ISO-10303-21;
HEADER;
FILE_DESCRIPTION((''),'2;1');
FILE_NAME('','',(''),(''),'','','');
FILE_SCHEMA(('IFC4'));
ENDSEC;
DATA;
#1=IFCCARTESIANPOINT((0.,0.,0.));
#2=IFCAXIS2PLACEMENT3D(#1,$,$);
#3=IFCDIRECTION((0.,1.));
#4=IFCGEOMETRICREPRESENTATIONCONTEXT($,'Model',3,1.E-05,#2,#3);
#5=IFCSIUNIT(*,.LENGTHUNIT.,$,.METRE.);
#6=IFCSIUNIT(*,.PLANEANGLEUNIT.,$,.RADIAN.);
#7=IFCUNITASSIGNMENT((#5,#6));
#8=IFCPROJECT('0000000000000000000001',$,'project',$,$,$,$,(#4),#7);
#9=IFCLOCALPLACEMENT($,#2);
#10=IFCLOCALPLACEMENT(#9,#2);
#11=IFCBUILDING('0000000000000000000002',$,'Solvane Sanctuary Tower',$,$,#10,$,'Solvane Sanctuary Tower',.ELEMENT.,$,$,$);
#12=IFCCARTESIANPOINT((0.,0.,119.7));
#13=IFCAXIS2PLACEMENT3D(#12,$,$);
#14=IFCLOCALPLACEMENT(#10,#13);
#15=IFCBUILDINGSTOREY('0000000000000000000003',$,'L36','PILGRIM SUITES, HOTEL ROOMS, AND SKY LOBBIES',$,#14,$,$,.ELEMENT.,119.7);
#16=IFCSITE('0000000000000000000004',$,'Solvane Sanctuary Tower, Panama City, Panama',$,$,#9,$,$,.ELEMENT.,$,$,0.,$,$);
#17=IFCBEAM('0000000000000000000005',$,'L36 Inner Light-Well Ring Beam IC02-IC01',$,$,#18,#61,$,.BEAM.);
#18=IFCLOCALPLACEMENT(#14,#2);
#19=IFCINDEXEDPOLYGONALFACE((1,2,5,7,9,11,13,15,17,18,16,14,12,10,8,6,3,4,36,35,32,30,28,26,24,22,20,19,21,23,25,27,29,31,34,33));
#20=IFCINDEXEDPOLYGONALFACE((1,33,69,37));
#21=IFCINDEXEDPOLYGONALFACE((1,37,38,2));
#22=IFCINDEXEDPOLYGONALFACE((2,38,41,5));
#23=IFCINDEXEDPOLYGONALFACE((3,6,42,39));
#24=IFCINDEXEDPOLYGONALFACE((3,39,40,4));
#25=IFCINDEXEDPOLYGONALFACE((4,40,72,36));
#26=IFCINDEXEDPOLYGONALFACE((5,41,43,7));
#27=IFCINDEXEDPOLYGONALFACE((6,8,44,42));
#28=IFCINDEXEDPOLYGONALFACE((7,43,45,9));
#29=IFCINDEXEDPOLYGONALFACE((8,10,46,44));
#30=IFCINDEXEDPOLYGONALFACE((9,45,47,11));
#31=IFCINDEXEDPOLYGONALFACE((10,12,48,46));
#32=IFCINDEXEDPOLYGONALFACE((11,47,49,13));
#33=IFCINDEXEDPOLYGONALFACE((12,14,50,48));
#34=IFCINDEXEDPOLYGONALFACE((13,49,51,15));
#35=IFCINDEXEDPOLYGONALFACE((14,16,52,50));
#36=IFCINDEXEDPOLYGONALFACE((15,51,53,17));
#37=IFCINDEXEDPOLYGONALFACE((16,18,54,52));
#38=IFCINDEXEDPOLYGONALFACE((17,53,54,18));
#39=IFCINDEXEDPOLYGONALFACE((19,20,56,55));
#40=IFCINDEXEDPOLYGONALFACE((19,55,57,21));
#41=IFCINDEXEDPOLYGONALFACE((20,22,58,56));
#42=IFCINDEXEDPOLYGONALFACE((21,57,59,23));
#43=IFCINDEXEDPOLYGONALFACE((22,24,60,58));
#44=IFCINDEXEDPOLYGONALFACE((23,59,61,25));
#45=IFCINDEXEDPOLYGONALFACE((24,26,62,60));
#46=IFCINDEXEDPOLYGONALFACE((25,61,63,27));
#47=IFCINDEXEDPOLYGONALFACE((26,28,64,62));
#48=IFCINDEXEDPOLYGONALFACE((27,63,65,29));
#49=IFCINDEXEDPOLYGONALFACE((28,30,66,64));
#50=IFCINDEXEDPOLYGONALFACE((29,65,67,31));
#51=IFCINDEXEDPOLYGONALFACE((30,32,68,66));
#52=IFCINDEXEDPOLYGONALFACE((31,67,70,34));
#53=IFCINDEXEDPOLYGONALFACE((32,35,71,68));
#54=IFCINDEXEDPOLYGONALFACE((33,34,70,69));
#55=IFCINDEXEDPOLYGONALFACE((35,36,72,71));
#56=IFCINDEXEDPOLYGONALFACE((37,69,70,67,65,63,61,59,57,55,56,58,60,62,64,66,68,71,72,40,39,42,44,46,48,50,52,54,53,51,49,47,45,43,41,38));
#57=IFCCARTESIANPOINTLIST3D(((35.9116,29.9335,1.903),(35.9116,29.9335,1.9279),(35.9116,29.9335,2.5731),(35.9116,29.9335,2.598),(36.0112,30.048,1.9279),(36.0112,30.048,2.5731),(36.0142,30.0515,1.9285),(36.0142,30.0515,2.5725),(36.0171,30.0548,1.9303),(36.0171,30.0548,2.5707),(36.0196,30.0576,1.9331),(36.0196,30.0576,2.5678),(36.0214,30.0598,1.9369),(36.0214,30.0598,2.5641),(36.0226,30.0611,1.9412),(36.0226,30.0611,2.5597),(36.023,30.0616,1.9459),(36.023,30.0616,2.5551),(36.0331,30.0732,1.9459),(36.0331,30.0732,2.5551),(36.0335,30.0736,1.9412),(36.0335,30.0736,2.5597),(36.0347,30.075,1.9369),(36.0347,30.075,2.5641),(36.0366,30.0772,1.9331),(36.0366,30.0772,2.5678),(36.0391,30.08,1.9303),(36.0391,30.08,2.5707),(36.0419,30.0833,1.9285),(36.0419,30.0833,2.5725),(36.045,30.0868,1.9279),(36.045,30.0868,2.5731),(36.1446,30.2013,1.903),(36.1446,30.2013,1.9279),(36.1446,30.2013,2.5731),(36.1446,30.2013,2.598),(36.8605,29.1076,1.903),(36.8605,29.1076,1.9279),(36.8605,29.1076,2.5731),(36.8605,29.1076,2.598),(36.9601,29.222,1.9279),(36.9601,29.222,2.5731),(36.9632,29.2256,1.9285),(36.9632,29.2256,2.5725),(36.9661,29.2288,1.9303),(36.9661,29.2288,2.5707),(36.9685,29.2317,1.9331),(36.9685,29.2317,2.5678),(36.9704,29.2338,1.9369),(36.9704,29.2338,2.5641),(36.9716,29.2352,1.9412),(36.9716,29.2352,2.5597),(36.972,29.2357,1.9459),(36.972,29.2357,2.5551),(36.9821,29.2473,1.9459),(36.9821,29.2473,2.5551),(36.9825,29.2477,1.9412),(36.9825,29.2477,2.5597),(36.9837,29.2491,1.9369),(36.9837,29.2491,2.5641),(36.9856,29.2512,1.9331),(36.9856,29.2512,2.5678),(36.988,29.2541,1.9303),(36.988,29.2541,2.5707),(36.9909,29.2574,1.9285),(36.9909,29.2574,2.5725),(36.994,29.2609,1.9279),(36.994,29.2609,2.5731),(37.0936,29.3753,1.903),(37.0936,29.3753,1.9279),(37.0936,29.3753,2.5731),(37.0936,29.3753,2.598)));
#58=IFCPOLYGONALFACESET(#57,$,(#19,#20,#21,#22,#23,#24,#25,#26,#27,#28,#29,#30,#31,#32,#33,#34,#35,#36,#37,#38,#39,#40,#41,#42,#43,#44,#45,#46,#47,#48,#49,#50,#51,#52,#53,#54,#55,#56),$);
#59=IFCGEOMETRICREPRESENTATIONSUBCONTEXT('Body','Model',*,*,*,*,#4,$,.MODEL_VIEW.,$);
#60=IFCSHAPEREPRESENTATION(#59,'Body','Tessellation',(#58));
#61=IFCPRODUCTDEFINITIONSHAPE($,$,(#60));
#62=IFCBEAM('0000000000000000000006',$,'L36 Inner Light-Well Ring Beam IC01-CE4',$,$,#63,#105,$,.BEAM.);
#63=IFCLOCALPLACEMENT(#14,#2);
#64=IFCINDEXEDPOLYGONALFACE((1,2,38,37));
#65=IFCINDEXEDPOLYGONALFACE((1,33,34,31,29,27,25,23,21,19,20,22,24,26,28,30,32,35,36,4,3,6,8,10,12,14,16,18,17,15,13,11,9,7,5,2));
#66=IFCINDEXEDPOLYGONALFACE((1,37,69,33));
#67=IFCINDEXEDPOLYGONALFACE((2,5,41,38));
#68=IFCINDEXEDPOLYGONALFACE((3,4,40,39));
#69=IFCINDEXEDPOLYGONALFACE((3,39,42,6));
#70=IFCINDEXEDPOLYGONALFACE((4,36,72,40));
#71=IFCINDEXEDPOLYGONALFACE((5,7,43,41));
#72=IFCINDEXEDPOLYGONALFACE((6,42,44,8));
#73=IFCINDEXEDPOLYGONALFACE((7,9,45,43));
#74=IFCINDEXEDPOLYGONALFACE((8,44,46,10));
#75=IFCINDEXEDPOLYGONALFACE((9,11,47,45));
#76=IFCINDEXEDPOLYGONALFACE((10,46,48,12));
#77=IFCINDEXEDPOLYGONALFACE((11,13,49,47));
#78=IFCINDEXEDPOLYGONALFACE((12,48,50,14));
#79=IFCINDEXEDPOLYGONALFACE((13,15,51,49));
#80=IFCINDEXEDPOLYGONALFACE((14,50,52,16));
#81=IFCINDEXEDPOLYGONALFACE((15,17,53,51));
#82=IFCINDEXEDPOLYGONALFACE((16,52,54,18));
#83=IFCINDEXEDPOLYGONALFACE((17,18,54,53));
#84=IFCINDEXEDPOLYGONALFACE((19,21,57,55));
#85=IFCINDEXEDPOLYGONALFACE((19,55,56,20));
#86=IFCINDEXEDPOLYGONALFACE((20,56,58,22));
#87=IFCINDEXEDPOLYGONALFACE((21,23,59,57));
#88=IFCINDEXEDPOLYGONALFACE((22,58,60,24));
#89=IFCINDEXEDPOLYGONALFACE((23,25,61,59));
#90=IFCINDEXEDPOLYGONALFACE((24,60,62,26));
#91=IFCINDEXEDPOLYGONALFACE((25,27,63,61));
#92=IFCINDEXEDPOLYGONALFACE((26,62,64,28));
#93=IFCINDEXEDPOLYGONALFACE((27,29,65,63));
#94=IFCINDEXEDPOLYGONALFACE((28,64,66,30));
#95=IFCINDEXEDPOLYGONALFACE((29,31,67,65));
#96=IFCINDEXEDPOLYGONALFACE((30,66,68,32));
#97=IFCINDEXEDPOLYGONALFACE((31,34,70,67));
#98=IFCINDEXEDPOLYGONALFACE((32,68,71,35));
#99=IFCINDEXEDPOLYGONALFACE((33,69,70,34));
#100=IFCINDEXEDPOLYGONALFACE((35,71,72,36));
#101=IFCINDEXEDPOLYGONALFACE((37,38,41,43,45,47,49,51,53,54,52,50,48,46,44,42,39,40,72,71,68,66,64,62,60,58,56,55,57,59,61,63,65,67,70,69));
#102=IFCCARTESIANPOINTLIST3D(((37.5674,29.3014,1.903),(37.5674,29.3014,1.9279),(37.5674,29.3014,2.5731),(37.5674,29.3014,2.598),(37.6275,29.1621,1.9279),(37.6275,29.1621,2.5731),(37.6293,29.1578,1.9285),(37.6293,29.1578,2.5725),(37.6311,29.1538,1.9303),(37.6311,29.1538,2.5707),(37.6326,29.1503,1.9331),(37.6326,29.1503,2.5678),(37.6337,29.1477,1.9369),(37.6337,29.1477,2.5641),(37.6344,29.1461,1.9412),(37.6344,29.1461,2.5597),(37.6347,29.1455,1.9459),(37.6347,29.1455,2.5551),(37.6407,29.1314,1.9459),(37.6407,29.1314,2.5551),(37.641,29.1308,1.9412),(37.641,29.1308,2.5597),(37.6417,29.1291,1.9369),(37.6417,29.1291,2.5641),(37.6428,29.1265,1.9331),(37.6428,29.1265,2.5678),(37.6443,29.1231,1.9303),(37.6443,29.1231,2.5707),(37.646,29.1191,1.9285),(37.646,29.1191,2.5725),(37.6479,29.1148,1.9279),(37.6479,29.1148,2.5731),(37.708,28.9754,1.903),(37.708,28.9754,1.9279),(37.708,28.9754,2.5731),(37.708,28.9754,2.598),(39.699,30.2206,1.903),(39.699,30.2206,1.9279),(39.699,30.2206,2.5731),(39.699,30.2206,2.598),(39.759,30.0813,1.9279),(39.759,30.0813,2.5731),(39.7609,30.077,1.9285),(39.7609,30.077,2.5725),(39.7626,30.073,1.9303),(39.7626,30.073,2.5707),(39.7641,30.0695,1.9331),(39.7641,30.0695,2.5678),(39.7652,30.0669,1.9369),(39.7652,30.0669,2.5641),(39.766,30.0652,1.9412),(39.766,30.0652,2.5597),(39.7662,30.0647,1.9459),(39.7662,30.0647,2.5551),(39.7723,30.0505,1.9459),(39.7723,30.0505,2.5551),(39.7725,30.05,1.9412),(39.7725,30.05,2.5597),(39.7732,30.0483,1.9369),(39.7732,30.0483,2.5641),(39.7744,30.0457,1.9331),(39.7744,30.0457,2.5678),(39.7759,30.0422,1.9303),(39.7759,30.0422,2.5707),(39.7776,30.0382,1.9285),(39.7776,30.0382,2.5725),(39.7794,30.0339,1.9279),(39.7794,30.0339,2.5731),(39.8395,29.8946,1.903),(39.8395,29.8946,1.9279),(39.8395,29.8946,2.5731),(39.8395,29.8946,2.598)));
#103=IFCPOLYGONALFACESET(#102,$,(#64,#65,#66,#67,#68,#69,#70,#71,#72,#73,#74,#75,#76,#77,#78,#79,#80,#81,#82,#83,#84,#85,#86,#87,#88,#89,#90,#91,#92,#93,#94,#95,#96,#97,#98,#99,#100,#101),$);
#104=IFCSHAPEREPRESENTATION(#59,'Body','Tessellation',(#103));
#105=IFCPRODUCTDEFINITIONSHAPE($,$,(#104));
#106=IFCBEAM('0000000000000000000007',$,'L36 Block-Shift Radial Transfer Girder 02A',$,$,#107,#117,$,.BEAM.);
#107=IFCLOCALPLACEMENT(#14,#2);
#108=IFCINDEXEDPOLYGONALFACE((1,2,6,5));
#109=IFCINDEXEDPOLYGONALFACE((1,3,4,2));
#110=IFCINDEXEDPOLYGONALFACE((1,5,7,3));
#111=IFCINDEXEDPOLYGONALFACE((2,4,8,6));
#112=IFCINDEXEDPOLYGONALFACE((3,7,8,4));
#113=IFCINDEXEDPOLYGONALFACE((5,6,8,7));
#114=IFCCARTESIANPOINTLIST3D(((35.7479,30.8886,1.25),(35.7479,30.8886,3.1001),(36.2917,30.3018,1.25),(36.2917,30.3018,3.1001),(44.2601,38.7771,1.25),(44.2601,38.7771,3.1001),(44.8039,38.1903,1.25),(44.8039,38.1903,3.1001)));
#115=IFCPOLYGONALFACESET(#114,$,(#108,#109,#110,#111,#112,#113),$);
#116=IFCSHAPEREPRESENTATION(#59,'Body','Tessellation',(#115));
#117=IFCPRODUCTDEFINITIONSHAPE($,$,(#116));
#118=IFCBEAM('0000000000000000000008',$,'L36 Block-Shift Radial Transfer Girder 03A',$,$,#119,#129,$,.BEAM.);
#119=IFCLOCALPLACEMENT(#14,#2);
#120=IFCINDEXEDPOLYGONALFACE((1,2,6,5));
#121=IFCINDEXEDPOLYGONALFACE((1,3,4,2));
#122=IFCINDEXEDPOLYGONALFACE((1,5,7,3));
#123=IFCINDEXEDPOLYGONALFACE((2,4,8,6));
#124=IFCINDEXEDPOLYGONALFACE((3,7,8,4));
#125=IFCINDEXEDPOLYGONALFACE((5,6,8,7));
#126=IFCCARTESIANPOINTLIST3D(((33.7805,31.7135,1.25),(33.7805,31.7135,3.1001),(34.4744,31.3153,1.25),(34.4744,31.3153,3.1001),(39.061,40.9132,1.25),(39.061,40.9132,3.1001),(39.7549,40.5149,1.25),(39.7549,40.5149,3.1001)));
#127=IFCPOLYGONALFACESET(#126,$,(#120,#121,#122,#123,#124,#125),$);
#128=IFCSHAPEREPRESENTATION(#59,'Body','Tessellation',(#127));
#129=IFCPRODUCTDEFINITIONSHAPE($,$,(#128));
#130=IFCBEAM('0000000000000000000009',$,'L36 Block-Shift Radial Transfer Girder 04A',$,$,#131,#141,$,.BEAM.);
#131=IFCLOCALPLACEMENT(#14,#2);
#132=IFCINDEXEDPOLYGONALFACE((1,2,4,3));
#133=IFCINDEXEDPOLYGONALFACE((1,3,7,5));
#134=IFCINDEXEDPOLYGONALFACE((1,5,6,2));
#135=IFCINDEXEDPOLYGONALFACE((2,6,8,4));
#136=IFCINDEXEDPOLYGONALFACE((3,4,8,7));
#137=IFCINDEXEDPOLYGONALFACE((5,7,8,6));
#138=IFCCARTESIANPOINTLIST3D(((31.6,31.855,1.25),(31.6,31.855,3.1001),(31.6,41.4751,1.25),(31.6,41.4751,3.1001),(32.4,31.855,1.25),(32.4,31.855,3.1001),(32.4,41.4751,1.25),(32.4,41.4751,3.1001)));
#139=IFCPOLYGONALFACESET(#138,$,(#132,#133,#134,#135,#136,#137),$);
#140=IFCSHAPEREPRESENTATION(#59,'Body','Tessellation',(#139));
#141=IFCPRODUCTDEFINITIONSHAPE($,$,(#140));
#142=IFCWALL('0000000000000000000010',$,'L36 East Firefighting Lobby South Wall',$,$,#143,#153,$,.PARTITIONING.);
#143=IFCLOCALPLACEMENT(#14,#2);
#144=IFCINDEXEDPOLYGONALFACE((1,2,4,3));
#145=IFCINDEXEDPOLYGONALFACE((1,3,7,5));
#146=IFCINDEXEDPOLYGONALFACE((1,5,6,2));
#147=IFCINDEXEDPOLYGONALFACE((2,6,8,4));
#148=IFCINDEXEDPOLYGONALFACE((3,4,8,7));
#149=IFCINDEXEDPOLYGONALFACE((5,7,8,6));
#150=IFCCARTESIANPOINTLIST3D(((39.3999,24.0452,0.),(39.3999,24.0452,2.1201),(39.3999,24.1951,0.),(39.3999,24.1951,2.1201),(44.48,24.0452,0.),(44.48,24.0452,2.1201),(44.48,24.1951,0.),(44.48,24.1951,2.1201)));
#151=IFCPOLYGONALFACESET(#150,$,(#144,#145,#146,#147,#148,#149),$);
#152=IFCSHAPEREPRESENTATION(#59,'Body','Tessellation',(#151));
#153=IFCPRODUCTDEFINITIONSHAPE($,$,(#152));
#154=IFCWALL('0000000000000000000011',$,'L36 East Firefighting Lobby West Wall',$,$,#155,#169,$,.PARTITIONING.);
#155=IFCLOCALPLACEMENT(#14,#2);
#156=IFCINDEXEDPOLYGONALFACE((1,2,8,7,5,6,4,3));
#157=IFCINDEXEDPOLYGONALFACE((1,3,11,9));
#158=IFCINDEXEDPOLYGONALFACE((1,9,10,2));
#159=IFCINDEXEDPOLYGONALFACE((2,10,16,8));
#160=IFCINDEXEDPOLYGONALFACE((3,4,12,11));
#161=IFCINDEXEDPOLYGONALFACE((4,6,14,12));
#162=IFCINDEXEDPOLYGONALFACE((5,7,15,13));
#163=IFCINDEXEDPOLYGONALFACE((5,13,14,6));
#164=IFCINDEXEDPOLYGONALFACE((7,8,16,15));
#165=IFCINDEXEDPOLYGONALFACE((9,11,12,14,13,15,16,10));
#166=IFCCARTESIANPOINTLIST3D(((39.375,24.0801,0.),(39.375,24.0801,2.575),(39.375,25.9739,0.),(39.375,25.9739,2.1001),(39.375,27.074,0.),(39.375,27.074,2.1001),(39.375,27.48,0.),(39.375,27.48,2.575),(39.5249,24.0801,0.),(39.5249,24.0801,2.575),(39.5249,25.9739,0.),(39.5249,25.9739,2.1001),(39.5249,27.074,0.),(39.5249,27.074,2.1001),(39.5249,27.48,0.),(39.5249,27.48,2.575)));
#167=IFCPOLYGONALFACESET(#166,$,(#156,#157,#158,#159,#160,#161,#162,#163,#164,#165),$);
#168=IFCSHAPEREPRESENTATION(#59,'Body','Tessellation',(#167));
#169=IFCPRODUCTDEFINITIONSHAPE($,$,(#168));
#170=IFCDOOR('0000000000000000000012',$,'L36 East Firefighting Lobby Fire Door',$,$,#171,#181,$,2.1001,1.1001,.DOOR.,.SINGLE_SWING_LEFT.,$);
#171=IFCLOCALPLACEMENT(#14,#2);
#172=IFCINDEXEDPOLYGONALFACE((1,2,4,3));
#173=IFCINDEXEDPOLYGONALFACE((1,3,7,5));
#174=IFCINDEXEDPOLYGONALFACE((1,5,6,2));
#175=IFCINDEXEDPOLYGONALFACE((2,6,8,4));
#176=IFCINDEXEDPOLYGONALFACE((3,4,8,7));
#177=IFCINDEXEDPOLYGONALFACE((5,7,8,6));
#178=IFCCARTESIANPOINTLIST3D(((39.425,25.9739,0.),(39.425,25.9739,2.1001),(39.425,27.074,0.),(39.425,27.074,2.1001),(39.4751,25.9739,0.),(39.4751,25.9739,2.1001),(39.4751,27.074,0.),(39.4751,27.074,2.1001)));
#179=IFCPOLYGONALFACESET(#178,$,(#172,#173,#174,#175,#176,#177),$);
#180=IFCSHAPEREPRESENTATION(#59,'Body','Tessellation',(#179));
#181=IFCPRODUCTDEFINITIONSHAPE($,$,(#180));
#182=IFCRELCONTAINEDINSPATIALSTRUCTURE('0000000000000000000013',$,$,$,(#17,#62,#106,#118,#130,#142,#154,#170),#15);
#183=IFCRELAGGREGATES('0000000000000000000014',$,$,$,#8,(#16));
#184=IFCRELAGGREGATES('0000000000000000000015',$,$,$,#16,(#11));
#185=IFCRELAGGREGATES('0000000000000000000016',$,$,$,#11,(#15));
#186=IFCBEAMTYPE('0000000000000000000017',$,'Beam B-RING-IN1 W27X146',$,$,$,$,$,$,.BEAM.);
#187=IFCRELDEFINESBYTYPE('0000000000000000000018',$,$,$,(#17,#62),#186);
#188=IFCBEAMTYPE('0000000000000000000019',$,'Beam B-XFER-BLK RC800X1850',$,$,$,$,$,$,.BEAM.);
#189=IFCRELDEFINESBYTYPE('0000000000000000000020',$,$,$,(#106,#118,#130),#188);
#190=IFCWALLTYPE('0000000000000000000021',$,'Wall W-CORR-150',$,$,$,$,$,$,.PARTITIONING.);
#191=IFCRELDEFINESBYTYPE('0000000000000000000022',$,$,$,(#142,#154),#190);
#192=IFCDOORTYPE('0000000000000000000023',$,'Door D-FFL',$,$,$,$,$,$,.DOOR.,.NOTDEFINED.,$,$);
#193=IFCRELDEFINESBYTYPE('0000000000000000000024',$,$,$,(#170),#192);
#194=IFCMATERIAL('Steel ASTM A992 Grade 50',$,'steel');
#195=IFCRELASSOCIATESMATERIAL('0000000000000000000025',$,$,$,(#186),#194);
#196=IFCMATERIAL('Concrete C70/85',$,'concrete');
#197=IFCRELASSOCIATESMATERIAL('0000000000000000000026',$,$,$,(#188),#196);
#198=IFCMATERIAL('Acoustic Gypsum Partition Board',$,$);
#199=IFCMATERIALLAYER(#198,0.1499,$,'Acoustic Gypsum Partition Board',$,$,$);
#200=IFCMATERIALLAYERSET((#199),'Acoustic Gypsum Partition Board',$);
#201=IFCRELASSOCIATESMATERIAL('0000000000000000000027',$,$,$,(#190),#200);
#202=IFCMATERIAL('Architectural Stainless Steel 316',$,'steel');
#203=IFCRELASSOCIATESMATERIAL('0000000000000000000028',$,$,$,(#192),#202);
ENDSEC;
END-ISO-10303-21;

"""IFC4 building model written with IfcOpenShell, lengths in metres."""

from ifc_helpers import new_model, si_unit, direction, frame, frame_2d, origin, origin_2d, place, context, subcontext, project, spatial, rectangle, i_section, extrude, material, layer, layer_set, material_profile, profile_set, type_object, element, fill, save


model = new_model("IFC4")

# Units and contexts
model_context = context("Model", 3, precision=1e-05, world=origin(), true_north=direction((0.0, 1.0)))
body_context = subcontext(model_context, "Body", "Model", "MODEL_VIEW")
ifc_project = project(units=[si_unit("LENGTHUNIT", "METRE"), si_unit("PLANEANGLEUNIT", "RADIAN")], contexts=[model_context])

# Site, building, storey
site_placement = place(None, origin())
site = spatial("IfcSite", under=ifc_project, at=site_placement, Name="Solvane Sanctuary Tower, Panama City, Panama", CompositionType="ELEMENT", RefElevation=0.0)
building_placement = place(site_placement, origin())
building = spatial("IfcBuilding", under=site, at=building_placement, Name="Solvane Sanctuary Tower", LongName="Solvane Sanctuary Tower", CompositionType="ELEMENT")
storey_placement = place(building_placement, frame((0.0, 0.0, 119.7)))
storey = spatial("IfcBuildingStorey", under=building, at=storey_placement, Name="L36", Description="PILGRIM SUITES, HOTEL ROOMS, AND SKY LOBBIES", CompositionType="ELEMENT", Elevation=119.7)

# Beams
ifc_material_1 = material(Name="Steel ASTM A992 Grade 50", Category="steel")
ifc_material_profile_1 = material_profile(ifc_material_1, i_section(OverallWidth=0.355, OverallDepth=0.6951, WebThickness=0.0154, FlangeThickness=0.0249, FilletRadius=0.0181, at=origin_2d()), Name="W27X146")
ifc_profile_set_1 = profile_set([ifc_material_profile_1], Name="Steel ASTM A992 Grade 50")
beam_type_1 = type_object("IfcBeamType", Name="Beam B-RING-IN1 W27X146", PredefinedType="BEAM", material=ifc_profile_set_1)
beam_1_placement = place(storey_placement, frame((36.0281, 30.0674, 2.2505), z_axis=(0.754317, -0.65651, 0.0), x_axis=(0.65651, 0.754317, 0.0)))
element("IfcBeam", 1, at=beam_1_placement, inside=storey, type_object=beam_type_1, Name="L36 Inner Light-Well Ring Beam IC02-IC01", PredefinedType="BEAM", context=body_context, shape_type="SweptSolid", body=[
    extrude(i_section(OverallWidth=0.355, OverallDepth=0.6951, WebThickness=0.0154, FlangeThickness=0.0249, FilletRadius=0.0181, at=origin_2d()), origin(), (0.0, 0.0, 1.0), 1.2581),
])
beam_2_placement = place(storey_placement, frame((37.6377, 29.1384, 2.2505), z_axis=(0.918261, 0.395975, 0.0), x_axis=(-0.395975, 0.918261, 0.0)))
element("IfcBeam", 2, at=beam_2_placement, inside=storey, type_object=beam_type_1, Name="L36 Inner Light-Well Ring Beam IC01-CE4", PredefinedType="BEAM", context=body_context, shape_type="SweptSolid", body=[
    extrude(i_section(OverallWidth=0.355, OverallDepth=0.6951, WebThickness=0.0154, FlangeThickness=0.0249, FilletRadius=0.0181, at=origin_2d()), origin(), (0.0, 0.0, 1.0), 2.3213),
])
ifc_material_2 = material(Name="Concrete C70/85", Category="concrete")
ifc_material_profile_2 = material_profile(ifc_material_2, rectangle(XDim=0.8, YDim=1.8501, at=origin_2d()), Name="RC800X1850")
ifc_profile_set_2 = profile_set([ifc_material_profile_2], Name="Concrete C70/85")
beam_type_2 = type_object("IfcBeamType", Name="Beam B-XFER-BLK RC800X1850", PredefinedType="BEAM", material=ifc_profile_set_2)
beam_3_placement = place(storey_placement, frame((36.0198, 30.5952, 2.175), z_axis=(0.73347, 0.679721, 0.0), x_axis=(-0.679721, 0.73347, 0.0)))
element("IfcBeam", 3, at=beam_3_placement, inside=storey, type_object=beam_type_2, Name="L36 Block-Shift Radial Transfer Girder 02A", PredefinedType="BEAM", context=body_context, shape_type="SweptSolid", body=[
    extrude(rectangle(XDim=0.8, YDim=1.8501, at=origin_2d()), origin(), (0.0, 0.0, 1.0), 11.6055),
])
beam_4_placement = place(storey_placement, frame((34.1274, 31.5144, 2.175), z_axis=(0.497811, 0.867285, 0.0), x_axis=(-0.867285, 0.497811, 0.0)))
element("IfcBeam", 4, at=beam_4_placement, inside=storey, type_object=beam_type_2, Name="L36 Block-Shift Radial Transfer Girder 03A", PredefinedType="BEAM", context=body_context, shape_type="SweptSolid", body=[
    extrude(rectangle(XDim=0.8, YDim=1.8501, at=origin_2d()), origin(), (0.0, 0.0, 1.0), 10.6074),
])
beam_5_placement = place(storey_placement, frame((32.0, 31.855, 2.175), z_axis=(0.0, 1.0, 0.0), x_axis=(-1.0, 0.0, 0.0)))
element("IfcBeam", 5, at=beam_5_placement, inside=storey, type_object=beam_type_2, Name="L36 Block-Shift Radial Transfer Girder 04A", PredefinedType="BEAM", context=body_context, shape_type="SweptSolid", body=[
    extrude(rectangle(XDim=0.8, YDim=1.8501, at=origin_2d()), origin(), (0.0, 0.0, 1.0), 9.6201),
])

# Wall
ifc_material_3 = material(Name="Acoustic Gypsum Partition Board")
ifc_layer_1 = layer(ifc_material_3, 0.1499, Name="Acoustic Gypsum Partition Board")
ifc_layer_set_1 = layer_set([ifc_layer_1], Name="Acoustic Gypsum Partition Board")
wall_type_1 = type_object("IfcWallType", Name="Wall W-CORR-150", PredefinedType="PARTITIONING", material=ifc_layer_set_1)
wall_1_placement = place(storey_placement, frame((39.3999, 24.1201, 0.0), z_axis=(0.0, 0.0, 1.0), x_axis=(1.0, 0.0, 0.0)))
element("IfcWall", 6, at=wall_1_placement, inside=storey, type_object=wall_type_1, Name="L36 East Firefighting Lobby South Wall", PredefinedType="PARTITIONING", context=body_context, shape_type="SweptSolid", body=[
    extrude(rectangle(XDim=5.0801, YDim=0.1499, at=frame_2d((2.54, 0.0))), origin(), (0.0, 0.0, 1.0), 2.1201),
])

# Wall, opening, door
wall_2_placement = place(storey_placement, frame((39.45, 24.0801, 0.0), z_axis=(0.0, 0.0, 1.0), x_axis=(0.0, 1.0, 0.0)))
wall_2 = element("IfcWall", 7, at=wall_2_placement, inside=storey, type_object=wall_type_1, Name="L36 East Firefighting Lobby West Wall", PredefinedType="PARTITIONING", context=body_context, shape_type="SweptSolid", body=[
    extrude(rectangle(XDim=3.3999, YDim=0.1499, at=frame_2d((1.7, 0.0))), origin(), (0.0, 0.0, 1.0), 2.575),
])
opening_placement = place(wall_2_placement, frame((1.8938, 0.0, 0.0)))
opening = element("IfcOpeningElement", 8, at=opening_placement, cuts=wall_2, PredefinedType="OPENING", context=body_context, shape_type="SweptSolid", body=[
    extrude(rectangle(XDim=1.1001, YDim=2.1001, at=frame_2d((0.55, 1.05))), frame((0.0, 0.085, 0.0), z_axis=(0.0, -1.0, 0.0), x_axis=(1.0, 0.0, 0.0)), (0.0, 0.0, 1.0), 0.1699),
])
ifc_material_4 = material(Name="Architectural Stainless Steel 316", Category="steel")
door_type = type_object("IfcDoorType", Name="Door D-FFL", OperationType="NOTDEFINED", PredefinedType="DOOR", material=ifc_material_4)
door_placement = place(opening_placement, origin())
door = element("IfcDoor", 9, at=door_placement, inside=storey, type_object=door_type, Name="L36 East Firefighting Lobby Fire Door", OperationType="SINGLE_SWING_LEFT", OverallHeight=2.1001, OverallWidth=1.1001, PredefinedType="DOOR", context=body_context, shape_type="SweptSolid", body=[
    extrude(rectangle(XDim=1.1001, YDim=2.1001, at=frame_2d((0.55, 1.05))), frame((0.0, 0.0249, 0.0), z_axis=(0.0, -1.0, 0.0), x_axis=(1.0, 0.0, 0.0)), (0.0, 0.0, 1.0), 0.05),
])
fill(opening, door)

save(model, "model.ifc")
